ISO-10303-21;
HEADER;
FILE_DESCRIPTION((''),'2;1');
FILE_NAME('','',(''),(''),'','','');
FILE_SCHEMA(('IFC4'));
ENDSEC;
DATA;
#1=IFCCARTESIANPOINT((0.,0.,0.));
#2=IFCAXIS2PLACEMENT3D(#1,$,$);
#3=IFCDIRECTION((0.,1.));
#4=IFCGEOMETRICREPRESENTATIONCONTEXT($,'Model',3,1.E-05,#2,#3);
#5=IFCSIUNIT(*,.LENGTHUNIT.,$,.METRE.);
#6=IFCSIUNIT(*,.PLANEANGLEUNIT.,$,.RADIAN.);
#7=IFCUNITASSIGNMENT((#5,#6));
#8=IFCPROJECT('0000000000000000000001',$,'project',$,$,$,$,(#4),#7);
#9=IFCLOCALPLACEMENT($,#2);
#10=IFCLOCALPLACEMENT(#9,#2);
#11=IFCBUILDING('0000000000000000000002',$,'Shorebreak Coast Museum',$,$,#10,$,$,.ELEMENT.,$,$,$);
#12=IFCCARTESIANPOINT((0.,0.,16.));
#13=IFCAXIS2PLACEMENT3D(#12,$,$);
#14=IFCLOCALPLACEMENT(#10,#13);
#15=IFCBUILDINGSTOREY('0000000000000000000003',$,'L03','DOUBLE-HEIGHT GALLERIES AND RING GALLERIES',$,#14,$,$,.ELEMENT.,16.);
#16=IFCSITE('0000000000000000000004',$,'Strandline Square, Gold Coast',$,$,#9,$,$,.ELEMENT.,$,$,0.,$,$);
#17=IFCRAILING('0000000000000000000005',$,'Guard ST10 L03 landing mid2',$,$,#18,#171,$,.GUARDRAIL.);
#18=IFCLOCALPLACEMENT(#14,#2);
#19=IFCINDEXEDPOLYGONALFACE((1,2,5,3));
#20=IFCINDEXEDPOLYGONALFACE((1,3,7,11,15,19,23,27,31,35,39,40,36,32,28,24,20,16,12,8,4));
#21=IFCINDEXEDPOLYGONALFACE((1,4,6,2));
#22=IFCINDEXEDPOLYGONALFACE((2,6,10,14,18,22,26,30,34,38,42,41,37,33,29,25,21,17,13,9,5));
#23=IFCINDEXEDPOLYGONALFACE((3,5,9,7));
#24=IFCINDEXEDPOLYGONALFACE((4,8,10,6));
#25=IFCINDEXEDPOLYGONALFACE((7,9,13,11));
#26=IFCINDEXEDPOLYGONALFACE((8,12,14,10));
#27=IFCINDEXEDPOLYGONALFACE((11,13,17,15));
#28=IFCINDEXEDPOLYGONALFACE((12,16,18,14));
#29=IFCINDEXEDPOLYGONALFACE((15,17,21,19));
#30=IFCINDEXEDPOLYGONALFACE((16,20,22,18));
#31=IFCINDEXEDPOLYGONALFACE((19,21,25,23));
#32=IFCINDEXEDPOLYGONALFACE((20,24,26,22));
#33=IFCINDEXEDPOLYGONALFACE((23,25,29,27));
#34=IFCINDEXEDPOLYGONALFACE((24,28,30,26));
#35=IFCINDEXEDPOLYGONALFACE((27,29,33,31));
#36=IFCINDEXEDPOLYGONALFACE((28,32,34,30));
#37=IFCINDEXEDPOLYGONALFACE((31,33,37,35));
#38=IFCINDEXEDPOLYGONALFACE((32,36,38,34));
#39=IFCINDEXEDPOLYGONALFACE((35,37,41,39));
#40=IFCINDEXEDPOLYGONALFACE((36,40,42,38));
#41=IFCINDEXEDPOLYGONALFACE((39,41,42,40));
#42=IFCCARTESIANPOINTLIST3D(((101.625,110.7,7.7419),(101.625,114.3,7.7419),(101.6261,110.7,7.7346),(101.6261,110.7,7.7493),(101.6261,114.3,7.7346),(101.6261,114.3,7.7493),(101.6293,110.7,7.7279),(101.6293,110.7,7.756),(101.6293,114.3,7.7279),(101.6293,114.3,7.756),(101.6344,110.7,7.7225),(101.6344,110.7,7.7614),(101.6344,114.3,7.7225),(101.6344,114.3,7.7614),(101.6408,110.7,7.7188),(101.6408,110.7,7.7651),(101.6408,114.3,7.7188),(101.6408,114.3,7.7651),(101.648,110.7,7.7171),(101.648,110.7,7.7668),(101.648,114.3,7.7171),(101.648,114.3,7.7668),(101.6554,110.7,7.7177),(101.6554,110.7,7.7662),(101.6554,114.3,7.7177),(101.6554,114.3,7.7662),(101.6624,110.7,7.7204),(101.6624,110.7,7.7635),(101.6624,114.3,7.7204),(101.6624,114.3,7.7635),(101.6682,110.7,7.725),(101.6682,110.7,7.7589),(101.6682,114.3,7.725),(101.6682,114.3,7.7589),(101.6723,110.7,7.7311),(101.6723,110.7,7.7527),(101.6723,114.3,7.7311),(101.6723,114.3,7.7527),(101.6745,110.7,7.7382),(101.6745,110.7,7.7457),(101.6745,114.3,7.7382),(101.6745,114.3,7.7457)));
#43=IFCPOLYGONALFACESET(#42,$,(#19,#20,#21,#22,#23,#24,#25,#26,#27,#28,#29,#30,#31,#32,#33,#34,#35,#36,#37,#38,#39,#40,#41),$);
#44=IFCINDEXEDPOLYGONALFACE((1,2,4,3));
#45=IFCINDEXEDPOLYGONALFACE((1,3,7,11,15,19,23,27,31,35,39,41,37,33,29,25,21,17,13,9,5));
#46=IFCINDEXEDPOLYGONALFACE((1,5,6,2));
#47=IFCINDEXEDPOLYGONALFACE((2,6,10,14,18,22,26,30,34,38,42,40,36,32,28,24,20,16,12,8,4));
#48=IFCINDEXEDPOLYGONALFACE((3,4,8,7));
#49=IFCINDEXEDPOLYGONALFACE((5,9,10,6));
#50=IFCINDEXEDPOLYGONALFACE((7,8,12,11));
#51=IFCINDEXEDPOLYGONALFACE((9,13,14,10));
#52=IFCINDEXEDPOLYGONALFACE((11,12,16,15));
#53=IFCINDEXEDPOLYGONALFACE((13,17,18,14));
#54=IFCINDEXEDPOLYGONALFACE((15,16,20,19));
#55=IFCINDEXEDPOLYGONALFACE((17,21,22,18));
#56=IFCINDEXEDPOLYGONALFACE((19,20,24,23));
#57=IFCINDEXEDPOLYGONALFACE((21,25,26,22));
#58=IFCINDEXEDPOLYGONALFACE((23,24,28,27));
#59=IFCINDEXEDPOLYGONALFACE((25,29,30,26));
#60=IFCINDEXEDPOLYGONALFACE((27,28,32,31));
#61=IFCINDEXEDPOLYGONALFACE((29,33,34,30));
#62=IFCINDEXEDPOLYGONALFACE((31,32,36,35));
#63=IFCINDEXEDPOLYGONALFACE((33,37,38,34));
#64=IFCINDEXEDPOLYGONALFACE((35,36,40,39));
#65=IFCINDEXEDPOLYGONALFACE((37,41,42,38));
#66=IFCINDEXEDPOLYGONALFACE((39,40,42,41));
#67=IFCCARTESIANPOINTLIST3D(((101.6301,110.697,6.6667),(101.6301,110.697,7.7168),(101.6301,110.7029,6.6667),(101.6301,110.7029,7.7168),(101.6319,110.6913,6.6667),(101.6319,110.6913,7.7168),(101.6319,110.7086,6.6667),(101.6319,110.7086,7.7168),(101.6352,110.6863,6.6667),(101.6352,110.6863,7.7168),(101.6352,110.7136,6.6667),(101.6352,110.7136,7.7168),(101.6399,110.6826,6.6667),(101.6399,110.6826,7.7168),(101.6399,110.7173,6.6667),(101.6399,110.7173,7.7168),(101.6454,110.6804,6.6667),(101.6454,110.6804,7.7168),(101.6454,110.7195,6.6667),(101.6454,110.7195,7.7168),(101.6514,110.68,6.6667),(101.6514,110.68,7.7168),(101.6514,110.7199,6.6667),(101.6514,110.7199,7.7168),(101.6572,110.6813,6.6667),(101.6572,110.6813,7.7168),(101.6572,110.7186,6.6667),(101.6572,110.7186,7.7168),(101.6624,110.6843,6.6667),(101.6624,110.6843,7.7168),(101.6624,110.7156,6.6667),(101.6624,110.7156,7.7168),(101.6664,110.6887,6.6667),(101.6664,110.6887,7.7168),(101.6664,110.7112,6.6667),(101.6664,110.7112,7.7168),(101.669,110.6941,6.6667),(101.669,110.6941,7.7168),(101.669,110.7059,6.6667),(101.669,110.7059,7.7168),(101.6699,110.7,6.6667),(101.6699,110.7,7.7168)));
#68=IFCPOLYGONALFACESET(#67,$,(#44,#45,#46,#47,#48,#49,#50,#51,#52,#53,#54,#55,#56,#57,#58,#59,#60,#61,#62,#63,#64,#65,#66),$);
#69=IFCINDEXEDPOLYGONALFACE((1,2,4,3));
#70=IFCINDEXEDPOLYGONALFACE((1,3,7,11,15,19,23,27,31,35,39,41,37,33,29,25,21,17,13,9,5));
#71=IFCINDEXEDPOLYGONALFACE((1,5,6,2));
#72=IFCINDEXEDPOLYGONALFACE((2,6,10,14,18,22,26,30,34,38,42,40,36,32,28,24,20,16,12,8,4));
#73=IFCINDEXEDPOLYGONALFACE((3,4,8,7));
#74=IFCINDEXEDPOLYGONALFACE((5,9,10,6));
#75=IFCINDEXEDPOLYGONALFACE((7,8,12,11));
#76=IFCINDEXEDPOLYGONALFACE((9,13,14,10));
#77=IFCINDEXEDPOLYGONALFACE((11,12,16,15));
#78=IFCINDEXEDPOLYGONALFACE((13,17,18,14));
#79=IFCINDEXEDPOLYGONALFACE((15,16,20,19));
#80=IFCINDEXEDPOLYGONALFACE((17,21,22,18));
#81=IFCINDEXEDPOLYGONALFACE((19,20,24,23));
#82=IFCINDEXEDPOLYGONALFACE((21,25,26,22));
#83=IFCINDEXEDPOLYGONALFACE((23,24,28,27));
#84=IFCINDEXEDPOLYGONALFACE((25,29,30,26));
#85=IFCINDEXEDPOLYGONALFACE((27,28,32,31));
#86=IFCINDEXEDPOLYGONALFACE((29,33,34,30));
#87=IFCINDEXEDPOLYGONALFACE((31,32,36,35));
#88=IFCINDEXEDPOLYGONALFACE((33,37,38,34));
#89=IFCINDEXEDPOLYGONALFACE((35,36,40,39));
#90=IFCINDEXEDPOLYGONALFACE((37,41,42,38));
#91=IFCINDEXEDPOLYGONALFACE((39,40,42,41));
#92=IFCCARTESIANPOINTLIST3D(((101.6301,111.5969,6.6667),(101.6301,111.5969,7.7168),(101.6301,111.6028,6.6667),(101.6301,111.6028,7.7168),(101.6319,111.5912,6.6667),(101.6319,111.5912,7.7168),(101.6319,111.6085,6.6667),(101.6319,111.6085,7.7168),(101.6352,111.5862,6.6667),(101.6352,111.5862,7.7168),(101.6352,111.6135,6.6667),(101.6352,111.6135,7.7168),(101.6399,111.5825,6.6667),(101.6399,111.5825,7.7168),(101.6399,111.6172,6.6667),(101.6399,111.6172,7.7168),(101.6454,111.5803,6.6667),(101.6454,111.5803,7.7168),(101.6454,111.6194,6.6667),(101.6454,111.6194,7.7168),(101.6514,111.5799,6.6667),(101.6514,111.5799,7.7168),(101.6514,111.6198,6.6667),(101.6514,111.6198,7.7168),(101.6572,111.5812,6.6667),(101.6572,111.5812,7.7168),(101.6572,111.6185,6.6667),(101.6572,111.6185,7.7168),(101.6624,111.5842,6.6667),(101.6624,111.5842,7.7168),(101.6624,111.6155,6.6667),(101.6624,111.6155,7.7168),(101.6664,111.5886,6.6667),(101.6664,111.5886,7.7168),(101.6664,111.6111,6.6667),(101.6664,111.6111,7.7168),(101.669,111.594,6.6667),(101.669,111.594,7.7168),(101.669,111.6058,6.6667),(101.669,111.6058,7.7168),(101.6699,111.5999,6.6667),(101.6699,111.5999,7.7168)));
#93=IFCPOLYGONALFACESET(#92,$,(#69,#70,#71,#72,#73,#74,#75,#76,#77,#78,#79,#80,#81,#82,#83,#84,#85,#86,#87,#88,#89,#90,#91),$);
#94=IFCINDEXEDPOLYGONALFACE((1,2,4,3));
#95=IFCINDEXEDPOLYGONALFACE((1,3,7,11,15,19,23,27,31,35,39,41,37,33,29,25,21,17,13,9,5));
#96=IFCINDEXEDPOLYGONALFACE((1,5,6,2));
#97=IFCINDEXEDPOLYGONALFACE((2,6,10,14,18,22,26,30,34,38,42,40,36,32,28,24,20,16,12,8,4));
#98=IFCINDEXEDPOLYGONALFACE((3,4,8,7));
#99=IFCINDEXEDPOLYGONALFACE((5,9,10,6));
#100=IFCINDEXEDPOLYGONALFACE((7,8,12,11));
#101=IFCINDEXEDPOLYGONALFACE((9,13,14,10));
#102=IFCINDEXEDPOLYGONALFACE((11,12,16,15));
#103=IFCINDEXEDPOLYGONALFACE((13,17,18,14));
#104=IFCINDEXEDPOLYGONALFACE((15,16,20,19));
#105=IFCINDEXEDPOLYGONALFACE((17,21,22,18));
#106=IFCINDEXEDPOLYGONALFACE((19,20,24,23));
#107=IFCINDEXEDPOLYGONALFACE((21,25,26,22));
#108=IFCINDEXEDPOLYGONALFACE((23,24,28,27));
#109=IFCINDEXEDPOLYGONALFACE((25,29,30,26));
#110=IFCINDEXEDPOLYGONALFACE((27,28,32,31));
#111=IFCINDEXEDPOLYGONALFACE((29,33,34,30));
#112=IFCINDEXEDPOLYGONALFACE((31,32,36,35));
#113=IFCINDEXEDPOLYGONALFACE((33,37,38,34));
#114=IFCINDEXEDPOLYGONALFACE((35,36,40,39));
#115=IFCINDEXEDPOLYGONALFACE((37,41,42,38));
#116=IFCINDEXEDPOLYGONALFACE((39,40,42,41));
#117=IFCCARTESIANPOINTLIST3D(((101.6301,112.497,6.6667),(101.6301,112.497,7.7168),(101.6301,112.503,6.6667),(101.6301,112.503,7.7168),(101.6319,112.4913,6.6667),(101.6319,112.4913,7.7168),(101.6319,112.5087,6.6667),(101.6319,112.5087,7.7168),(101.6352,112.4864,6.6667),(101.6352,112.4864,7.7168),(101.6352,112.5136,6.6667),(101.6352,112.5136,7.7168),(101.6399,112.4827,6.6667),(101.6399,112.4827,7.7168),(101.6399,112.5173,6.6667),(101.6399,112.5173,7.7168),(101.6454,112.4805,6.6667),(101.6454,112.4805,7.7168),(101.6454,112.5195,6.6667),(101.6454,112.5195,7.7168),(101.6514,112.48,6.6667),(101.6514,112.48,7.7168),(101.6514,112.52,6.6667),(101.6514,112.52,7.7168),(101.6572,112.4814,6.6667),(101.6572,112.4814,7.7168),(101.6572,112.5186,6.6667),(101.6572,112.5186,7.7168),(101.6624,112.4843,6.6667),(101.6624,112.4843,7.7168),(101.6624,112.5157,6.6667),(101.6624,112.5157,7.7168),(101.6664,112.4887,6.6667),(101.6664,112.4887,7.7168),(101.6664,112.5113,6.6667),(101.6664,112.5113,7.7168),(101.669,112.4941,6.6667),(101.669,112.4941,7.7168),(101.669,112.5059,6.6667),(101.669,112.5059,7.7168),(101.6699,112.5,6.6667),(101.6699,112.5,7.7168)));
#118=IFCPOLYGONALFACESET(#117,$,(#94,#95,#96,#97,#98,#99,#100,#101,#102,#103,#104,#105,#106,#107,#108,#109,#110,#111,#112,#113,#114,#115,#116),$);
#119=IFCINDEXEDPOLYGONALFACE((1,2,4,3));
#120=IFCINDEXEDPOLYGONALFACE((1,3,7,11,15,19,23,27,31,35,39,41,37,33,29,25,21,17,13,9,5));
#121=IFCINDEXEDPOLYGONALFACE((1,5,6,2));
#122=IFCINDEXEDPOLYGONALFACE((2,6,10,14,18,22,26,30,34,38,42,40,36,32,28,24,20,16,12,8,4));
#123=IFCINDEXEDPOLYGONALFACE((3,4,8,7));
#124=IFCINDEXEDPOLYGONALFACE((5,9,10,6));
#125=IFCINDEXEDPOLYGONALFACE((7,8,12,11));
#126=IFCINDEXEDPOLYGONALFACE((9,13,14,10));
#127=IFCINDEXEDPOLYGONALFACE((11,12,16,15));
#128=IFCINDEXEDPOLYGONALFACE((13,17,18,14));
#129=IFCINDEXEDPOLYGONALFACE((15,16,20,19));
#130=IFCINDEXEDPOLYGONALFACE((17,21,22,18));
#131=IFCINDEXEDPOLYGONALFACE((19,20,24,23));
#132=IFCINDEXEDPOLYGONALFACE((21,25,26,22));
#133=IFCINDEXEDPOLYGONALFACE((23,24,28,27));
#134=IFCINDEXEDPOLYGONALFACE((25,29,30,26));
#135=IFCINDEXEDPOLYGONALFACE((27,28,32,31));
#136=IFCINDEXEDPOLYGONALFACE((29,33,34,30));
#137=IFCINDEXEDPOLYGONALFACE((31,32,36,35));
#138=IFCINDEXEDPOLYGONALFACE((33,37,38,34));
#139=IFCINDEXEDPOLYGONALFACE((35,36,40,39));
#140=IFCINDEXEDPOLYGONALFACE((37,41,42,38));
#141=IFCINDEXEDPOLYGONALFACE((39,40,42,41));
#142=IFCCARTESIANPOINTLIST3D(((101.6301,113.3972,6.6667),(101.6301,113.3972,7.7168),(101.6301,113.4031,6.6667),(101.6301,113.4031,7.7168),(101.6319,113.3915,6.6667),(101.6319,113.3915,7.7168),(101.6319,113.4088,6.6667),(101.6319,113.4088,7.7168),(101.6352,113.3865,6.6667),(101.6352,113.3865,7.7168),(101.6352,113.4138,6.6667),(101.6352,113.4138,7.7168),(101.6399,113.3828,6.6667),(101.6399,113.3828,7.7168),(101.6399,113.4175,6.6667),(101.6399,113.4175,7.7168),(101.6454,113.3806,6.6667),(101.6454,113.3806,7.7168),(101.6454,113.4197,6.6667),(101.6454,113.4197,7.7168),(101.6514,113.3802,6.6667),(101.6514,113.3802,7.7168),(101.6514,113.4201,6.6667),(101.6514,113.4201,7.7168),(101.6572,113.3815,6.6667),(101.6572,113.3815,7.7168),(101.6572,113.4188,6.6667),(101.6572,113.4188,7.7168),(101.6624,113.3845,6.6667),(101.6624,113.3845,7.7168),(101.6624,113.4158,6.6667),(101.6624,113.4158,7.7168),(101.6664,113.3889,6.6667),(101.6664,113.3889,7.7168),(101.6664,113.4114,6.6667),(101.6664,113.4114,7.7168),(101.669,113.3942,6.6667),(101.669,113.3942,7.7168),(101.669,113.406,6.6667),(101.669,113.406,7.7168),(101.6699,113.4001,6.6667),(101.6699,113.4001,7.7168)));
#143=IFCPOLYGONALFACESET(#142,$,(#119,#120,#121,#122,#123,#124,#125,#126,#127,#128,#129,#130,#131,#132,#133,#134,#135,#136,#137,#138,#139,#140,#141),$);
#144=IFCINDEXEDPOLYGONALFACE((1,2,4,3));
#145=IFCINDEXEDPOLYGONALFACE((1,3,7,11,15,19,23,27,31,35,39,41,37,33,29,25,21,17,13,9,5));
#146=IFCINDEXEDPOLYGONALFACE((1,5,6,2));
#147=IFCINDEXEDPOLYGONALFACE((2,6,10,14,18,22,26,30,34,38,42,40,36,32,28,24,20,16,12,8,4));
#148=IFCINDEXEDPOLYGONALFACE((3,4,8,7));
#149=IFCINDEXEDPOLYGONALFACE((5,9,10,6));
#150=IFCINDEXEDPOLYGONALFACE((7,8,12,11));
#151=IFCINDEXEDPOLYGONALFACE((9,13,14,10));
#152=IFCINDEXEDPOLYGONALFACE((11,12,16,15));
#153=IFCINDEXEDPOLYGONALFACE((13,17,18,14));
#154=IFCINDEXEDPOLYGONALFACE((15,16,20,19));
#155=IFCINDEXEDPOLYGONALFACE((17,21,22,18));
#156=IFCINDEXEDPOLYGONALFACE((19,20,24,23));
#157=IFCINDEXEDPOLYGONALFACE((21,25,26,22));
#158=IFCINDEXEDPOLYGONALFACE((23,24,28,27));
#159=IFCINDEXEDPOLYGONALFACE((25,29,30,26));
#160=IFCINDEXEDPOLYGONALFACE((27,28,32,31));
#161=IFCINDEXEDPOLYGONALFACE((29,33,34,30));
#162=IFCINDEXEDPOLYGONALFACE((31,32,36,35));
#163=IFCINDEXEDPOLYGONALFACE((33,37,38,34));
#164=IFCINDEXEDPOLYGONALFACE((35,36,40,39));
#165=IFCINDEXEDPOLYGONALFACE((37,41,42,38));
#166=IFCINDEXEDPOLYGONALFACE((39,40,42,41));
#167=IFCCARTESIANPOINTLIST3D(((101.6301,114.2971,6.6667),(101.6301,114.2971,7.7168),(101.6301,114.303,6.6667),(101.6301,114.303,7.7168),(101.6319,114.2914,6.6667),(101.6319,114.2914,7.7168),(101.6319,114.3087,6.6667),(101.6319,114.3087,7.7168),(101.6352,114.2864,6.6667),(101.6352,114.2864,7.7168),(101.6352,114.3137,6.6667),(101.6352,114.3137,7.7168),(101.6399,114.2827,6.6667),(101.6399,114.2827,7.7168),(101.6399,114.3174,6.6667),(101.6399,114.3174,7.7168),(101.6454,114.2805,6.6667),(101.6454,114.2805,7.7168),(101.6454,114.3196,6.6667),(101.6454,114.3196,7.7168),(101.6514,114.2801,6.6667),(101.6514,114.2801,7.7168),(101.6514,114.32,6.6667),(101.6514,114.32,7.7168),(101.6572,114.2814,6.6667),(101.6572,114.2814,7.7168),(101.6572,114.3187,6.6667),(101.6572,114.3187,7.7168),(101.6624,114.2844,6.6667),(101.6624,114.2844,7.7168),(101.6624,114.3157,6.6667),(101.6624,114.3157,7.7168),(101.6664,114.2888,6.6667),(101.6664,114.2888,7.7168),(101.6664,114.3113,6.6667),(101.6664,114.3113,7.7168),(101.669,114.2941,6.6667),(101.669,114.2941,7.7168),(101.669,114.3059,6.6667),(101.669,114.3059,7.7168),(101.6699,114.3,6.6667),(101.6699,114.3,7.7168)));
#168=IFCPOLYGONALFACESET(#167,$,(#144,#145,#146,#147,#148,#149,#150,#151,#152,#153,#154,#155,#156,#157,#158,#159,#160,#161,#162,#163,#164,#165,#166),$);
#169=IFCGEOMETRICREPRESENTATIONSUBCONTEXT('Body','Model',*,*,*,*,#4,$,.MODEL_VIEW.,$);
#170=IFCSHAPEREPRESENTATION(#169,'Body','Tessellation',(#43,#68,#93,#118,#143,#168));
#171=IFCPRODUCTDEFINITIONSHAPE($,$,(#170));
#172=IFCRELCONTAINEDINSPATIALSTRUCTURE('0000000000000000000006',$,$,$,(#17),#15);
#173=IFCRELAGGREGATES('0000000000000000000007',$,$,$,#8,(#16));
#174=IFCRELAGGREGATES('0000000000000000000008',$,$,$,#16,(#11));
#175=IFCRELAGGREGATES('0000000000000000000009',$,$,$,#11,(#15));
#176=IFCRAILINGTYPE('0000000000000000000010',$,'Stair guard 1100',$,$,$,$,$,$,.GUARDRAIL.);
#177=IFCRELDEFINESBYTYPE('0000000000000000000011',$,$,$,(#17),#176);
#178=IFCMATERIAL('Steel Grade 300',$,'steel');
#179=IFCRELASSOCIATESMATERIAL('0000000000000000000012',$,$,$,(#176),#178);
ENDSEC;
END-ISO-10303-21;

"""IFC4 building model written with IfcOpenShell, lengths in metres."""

from ifc_helpers import new_model, si_unit, direction, frame, origin, origin_2d, place, context, subcontext, project, spatial, circle, extrude, material, type_object, element, save


model = new_model("IFC4")

# Units and contexts
model_context = context("Model", 3, precision=1e-05, world=origin(), true_north=direction((0.0, 1.0)))
body_context = subcontext(model_context, "Body", "Model", "MODEL_VIEW")
ifc_project = project(units=[si_unit("LENGTHUNIT", "METRE"), si_unit("PLANEANGLEUNIT", "RADIAN")], contexts=[model_context])

# Site, building, storey
site_placement = place(None, origin())
site = spatial("IfcSite", under=ifc_project, at=site_placement, Name="Strandline Square, Gold Coast", CompositionType="ELEMENT", RefElevation=0.0)
building_placement = place(site_placement, origin())
building = spatial("IfcBuilding", under=site, at=building_placement, Name="Shorebreak Coast Museum", CompositionType="ELEMENT")
storey_placement = place(building_placement, frame((0.0, 0.0, 16.0)))
storey = spatial("IfcBuildingStorey", under=building, at=storey_placement, Name="L03", Description="DOUBLE-HEIGHT GALLERIES AND RING GALLERIES", CompositionType="ELEMENT", Elevation=16.0)

# Railing
ifc_material_1 = material(Name="Steel Grade 300", Category="steel")
railing_type_1 = type_object("IfcRailingType", Name="Stair guard 1100", PredefinedType="GUARDRAIL", material=ifc_material_1)
railing_1_placement = place(storey_placement, frame((101.6499, 110.7, 6.6667)))
element("IfcRailing", 1, at=railing_1_placement, inside=storey, type_object=railing_type_1, Name="Guard ST10 L03 landing mid2", PredefinedType="GUARDRAIL", context=body_context, shape_type="SweptSolid", body=[
    extrude(circle(Radius=0.0249, at=origin_2d()), frame((0.0, 0.0, 1.0752), z_axis=(0.0, 1.0, 0.0), x_axis=(-1.0, 0.0, 0.0)), (0.0, 0.0, 1.0), 3.6001),
    extrude(circle(Radius=0.02, at=origin_2d()), origin(), (0.0, 0.0, 1.0), 1.05),
    extrude(circle(Radius=0.02, at=origin_2d()), frame((0.0, 0.8999, 0.0)), (0.0, 0.0, 1.0), 1.05),
    extrude(circle(Radius=0.02, at=origin_2d()), frame((0.0, 1.8, 0.0)), (0.0, 0.0, 1.0), 1.05),
    extrude(circle(Radius=0.02, at=origin_2d()), frame((0.0, 2.7002, 0.0)), (0.0, 0.0, 1.0), 1.05),
    extrude(circle(Radius=0.02, at=origin_2d()), frame((0.0, 3.6001, 0.0)), (0.0, 0.0, 1.0), 1.05),
])

save(model, "model.ifc")
